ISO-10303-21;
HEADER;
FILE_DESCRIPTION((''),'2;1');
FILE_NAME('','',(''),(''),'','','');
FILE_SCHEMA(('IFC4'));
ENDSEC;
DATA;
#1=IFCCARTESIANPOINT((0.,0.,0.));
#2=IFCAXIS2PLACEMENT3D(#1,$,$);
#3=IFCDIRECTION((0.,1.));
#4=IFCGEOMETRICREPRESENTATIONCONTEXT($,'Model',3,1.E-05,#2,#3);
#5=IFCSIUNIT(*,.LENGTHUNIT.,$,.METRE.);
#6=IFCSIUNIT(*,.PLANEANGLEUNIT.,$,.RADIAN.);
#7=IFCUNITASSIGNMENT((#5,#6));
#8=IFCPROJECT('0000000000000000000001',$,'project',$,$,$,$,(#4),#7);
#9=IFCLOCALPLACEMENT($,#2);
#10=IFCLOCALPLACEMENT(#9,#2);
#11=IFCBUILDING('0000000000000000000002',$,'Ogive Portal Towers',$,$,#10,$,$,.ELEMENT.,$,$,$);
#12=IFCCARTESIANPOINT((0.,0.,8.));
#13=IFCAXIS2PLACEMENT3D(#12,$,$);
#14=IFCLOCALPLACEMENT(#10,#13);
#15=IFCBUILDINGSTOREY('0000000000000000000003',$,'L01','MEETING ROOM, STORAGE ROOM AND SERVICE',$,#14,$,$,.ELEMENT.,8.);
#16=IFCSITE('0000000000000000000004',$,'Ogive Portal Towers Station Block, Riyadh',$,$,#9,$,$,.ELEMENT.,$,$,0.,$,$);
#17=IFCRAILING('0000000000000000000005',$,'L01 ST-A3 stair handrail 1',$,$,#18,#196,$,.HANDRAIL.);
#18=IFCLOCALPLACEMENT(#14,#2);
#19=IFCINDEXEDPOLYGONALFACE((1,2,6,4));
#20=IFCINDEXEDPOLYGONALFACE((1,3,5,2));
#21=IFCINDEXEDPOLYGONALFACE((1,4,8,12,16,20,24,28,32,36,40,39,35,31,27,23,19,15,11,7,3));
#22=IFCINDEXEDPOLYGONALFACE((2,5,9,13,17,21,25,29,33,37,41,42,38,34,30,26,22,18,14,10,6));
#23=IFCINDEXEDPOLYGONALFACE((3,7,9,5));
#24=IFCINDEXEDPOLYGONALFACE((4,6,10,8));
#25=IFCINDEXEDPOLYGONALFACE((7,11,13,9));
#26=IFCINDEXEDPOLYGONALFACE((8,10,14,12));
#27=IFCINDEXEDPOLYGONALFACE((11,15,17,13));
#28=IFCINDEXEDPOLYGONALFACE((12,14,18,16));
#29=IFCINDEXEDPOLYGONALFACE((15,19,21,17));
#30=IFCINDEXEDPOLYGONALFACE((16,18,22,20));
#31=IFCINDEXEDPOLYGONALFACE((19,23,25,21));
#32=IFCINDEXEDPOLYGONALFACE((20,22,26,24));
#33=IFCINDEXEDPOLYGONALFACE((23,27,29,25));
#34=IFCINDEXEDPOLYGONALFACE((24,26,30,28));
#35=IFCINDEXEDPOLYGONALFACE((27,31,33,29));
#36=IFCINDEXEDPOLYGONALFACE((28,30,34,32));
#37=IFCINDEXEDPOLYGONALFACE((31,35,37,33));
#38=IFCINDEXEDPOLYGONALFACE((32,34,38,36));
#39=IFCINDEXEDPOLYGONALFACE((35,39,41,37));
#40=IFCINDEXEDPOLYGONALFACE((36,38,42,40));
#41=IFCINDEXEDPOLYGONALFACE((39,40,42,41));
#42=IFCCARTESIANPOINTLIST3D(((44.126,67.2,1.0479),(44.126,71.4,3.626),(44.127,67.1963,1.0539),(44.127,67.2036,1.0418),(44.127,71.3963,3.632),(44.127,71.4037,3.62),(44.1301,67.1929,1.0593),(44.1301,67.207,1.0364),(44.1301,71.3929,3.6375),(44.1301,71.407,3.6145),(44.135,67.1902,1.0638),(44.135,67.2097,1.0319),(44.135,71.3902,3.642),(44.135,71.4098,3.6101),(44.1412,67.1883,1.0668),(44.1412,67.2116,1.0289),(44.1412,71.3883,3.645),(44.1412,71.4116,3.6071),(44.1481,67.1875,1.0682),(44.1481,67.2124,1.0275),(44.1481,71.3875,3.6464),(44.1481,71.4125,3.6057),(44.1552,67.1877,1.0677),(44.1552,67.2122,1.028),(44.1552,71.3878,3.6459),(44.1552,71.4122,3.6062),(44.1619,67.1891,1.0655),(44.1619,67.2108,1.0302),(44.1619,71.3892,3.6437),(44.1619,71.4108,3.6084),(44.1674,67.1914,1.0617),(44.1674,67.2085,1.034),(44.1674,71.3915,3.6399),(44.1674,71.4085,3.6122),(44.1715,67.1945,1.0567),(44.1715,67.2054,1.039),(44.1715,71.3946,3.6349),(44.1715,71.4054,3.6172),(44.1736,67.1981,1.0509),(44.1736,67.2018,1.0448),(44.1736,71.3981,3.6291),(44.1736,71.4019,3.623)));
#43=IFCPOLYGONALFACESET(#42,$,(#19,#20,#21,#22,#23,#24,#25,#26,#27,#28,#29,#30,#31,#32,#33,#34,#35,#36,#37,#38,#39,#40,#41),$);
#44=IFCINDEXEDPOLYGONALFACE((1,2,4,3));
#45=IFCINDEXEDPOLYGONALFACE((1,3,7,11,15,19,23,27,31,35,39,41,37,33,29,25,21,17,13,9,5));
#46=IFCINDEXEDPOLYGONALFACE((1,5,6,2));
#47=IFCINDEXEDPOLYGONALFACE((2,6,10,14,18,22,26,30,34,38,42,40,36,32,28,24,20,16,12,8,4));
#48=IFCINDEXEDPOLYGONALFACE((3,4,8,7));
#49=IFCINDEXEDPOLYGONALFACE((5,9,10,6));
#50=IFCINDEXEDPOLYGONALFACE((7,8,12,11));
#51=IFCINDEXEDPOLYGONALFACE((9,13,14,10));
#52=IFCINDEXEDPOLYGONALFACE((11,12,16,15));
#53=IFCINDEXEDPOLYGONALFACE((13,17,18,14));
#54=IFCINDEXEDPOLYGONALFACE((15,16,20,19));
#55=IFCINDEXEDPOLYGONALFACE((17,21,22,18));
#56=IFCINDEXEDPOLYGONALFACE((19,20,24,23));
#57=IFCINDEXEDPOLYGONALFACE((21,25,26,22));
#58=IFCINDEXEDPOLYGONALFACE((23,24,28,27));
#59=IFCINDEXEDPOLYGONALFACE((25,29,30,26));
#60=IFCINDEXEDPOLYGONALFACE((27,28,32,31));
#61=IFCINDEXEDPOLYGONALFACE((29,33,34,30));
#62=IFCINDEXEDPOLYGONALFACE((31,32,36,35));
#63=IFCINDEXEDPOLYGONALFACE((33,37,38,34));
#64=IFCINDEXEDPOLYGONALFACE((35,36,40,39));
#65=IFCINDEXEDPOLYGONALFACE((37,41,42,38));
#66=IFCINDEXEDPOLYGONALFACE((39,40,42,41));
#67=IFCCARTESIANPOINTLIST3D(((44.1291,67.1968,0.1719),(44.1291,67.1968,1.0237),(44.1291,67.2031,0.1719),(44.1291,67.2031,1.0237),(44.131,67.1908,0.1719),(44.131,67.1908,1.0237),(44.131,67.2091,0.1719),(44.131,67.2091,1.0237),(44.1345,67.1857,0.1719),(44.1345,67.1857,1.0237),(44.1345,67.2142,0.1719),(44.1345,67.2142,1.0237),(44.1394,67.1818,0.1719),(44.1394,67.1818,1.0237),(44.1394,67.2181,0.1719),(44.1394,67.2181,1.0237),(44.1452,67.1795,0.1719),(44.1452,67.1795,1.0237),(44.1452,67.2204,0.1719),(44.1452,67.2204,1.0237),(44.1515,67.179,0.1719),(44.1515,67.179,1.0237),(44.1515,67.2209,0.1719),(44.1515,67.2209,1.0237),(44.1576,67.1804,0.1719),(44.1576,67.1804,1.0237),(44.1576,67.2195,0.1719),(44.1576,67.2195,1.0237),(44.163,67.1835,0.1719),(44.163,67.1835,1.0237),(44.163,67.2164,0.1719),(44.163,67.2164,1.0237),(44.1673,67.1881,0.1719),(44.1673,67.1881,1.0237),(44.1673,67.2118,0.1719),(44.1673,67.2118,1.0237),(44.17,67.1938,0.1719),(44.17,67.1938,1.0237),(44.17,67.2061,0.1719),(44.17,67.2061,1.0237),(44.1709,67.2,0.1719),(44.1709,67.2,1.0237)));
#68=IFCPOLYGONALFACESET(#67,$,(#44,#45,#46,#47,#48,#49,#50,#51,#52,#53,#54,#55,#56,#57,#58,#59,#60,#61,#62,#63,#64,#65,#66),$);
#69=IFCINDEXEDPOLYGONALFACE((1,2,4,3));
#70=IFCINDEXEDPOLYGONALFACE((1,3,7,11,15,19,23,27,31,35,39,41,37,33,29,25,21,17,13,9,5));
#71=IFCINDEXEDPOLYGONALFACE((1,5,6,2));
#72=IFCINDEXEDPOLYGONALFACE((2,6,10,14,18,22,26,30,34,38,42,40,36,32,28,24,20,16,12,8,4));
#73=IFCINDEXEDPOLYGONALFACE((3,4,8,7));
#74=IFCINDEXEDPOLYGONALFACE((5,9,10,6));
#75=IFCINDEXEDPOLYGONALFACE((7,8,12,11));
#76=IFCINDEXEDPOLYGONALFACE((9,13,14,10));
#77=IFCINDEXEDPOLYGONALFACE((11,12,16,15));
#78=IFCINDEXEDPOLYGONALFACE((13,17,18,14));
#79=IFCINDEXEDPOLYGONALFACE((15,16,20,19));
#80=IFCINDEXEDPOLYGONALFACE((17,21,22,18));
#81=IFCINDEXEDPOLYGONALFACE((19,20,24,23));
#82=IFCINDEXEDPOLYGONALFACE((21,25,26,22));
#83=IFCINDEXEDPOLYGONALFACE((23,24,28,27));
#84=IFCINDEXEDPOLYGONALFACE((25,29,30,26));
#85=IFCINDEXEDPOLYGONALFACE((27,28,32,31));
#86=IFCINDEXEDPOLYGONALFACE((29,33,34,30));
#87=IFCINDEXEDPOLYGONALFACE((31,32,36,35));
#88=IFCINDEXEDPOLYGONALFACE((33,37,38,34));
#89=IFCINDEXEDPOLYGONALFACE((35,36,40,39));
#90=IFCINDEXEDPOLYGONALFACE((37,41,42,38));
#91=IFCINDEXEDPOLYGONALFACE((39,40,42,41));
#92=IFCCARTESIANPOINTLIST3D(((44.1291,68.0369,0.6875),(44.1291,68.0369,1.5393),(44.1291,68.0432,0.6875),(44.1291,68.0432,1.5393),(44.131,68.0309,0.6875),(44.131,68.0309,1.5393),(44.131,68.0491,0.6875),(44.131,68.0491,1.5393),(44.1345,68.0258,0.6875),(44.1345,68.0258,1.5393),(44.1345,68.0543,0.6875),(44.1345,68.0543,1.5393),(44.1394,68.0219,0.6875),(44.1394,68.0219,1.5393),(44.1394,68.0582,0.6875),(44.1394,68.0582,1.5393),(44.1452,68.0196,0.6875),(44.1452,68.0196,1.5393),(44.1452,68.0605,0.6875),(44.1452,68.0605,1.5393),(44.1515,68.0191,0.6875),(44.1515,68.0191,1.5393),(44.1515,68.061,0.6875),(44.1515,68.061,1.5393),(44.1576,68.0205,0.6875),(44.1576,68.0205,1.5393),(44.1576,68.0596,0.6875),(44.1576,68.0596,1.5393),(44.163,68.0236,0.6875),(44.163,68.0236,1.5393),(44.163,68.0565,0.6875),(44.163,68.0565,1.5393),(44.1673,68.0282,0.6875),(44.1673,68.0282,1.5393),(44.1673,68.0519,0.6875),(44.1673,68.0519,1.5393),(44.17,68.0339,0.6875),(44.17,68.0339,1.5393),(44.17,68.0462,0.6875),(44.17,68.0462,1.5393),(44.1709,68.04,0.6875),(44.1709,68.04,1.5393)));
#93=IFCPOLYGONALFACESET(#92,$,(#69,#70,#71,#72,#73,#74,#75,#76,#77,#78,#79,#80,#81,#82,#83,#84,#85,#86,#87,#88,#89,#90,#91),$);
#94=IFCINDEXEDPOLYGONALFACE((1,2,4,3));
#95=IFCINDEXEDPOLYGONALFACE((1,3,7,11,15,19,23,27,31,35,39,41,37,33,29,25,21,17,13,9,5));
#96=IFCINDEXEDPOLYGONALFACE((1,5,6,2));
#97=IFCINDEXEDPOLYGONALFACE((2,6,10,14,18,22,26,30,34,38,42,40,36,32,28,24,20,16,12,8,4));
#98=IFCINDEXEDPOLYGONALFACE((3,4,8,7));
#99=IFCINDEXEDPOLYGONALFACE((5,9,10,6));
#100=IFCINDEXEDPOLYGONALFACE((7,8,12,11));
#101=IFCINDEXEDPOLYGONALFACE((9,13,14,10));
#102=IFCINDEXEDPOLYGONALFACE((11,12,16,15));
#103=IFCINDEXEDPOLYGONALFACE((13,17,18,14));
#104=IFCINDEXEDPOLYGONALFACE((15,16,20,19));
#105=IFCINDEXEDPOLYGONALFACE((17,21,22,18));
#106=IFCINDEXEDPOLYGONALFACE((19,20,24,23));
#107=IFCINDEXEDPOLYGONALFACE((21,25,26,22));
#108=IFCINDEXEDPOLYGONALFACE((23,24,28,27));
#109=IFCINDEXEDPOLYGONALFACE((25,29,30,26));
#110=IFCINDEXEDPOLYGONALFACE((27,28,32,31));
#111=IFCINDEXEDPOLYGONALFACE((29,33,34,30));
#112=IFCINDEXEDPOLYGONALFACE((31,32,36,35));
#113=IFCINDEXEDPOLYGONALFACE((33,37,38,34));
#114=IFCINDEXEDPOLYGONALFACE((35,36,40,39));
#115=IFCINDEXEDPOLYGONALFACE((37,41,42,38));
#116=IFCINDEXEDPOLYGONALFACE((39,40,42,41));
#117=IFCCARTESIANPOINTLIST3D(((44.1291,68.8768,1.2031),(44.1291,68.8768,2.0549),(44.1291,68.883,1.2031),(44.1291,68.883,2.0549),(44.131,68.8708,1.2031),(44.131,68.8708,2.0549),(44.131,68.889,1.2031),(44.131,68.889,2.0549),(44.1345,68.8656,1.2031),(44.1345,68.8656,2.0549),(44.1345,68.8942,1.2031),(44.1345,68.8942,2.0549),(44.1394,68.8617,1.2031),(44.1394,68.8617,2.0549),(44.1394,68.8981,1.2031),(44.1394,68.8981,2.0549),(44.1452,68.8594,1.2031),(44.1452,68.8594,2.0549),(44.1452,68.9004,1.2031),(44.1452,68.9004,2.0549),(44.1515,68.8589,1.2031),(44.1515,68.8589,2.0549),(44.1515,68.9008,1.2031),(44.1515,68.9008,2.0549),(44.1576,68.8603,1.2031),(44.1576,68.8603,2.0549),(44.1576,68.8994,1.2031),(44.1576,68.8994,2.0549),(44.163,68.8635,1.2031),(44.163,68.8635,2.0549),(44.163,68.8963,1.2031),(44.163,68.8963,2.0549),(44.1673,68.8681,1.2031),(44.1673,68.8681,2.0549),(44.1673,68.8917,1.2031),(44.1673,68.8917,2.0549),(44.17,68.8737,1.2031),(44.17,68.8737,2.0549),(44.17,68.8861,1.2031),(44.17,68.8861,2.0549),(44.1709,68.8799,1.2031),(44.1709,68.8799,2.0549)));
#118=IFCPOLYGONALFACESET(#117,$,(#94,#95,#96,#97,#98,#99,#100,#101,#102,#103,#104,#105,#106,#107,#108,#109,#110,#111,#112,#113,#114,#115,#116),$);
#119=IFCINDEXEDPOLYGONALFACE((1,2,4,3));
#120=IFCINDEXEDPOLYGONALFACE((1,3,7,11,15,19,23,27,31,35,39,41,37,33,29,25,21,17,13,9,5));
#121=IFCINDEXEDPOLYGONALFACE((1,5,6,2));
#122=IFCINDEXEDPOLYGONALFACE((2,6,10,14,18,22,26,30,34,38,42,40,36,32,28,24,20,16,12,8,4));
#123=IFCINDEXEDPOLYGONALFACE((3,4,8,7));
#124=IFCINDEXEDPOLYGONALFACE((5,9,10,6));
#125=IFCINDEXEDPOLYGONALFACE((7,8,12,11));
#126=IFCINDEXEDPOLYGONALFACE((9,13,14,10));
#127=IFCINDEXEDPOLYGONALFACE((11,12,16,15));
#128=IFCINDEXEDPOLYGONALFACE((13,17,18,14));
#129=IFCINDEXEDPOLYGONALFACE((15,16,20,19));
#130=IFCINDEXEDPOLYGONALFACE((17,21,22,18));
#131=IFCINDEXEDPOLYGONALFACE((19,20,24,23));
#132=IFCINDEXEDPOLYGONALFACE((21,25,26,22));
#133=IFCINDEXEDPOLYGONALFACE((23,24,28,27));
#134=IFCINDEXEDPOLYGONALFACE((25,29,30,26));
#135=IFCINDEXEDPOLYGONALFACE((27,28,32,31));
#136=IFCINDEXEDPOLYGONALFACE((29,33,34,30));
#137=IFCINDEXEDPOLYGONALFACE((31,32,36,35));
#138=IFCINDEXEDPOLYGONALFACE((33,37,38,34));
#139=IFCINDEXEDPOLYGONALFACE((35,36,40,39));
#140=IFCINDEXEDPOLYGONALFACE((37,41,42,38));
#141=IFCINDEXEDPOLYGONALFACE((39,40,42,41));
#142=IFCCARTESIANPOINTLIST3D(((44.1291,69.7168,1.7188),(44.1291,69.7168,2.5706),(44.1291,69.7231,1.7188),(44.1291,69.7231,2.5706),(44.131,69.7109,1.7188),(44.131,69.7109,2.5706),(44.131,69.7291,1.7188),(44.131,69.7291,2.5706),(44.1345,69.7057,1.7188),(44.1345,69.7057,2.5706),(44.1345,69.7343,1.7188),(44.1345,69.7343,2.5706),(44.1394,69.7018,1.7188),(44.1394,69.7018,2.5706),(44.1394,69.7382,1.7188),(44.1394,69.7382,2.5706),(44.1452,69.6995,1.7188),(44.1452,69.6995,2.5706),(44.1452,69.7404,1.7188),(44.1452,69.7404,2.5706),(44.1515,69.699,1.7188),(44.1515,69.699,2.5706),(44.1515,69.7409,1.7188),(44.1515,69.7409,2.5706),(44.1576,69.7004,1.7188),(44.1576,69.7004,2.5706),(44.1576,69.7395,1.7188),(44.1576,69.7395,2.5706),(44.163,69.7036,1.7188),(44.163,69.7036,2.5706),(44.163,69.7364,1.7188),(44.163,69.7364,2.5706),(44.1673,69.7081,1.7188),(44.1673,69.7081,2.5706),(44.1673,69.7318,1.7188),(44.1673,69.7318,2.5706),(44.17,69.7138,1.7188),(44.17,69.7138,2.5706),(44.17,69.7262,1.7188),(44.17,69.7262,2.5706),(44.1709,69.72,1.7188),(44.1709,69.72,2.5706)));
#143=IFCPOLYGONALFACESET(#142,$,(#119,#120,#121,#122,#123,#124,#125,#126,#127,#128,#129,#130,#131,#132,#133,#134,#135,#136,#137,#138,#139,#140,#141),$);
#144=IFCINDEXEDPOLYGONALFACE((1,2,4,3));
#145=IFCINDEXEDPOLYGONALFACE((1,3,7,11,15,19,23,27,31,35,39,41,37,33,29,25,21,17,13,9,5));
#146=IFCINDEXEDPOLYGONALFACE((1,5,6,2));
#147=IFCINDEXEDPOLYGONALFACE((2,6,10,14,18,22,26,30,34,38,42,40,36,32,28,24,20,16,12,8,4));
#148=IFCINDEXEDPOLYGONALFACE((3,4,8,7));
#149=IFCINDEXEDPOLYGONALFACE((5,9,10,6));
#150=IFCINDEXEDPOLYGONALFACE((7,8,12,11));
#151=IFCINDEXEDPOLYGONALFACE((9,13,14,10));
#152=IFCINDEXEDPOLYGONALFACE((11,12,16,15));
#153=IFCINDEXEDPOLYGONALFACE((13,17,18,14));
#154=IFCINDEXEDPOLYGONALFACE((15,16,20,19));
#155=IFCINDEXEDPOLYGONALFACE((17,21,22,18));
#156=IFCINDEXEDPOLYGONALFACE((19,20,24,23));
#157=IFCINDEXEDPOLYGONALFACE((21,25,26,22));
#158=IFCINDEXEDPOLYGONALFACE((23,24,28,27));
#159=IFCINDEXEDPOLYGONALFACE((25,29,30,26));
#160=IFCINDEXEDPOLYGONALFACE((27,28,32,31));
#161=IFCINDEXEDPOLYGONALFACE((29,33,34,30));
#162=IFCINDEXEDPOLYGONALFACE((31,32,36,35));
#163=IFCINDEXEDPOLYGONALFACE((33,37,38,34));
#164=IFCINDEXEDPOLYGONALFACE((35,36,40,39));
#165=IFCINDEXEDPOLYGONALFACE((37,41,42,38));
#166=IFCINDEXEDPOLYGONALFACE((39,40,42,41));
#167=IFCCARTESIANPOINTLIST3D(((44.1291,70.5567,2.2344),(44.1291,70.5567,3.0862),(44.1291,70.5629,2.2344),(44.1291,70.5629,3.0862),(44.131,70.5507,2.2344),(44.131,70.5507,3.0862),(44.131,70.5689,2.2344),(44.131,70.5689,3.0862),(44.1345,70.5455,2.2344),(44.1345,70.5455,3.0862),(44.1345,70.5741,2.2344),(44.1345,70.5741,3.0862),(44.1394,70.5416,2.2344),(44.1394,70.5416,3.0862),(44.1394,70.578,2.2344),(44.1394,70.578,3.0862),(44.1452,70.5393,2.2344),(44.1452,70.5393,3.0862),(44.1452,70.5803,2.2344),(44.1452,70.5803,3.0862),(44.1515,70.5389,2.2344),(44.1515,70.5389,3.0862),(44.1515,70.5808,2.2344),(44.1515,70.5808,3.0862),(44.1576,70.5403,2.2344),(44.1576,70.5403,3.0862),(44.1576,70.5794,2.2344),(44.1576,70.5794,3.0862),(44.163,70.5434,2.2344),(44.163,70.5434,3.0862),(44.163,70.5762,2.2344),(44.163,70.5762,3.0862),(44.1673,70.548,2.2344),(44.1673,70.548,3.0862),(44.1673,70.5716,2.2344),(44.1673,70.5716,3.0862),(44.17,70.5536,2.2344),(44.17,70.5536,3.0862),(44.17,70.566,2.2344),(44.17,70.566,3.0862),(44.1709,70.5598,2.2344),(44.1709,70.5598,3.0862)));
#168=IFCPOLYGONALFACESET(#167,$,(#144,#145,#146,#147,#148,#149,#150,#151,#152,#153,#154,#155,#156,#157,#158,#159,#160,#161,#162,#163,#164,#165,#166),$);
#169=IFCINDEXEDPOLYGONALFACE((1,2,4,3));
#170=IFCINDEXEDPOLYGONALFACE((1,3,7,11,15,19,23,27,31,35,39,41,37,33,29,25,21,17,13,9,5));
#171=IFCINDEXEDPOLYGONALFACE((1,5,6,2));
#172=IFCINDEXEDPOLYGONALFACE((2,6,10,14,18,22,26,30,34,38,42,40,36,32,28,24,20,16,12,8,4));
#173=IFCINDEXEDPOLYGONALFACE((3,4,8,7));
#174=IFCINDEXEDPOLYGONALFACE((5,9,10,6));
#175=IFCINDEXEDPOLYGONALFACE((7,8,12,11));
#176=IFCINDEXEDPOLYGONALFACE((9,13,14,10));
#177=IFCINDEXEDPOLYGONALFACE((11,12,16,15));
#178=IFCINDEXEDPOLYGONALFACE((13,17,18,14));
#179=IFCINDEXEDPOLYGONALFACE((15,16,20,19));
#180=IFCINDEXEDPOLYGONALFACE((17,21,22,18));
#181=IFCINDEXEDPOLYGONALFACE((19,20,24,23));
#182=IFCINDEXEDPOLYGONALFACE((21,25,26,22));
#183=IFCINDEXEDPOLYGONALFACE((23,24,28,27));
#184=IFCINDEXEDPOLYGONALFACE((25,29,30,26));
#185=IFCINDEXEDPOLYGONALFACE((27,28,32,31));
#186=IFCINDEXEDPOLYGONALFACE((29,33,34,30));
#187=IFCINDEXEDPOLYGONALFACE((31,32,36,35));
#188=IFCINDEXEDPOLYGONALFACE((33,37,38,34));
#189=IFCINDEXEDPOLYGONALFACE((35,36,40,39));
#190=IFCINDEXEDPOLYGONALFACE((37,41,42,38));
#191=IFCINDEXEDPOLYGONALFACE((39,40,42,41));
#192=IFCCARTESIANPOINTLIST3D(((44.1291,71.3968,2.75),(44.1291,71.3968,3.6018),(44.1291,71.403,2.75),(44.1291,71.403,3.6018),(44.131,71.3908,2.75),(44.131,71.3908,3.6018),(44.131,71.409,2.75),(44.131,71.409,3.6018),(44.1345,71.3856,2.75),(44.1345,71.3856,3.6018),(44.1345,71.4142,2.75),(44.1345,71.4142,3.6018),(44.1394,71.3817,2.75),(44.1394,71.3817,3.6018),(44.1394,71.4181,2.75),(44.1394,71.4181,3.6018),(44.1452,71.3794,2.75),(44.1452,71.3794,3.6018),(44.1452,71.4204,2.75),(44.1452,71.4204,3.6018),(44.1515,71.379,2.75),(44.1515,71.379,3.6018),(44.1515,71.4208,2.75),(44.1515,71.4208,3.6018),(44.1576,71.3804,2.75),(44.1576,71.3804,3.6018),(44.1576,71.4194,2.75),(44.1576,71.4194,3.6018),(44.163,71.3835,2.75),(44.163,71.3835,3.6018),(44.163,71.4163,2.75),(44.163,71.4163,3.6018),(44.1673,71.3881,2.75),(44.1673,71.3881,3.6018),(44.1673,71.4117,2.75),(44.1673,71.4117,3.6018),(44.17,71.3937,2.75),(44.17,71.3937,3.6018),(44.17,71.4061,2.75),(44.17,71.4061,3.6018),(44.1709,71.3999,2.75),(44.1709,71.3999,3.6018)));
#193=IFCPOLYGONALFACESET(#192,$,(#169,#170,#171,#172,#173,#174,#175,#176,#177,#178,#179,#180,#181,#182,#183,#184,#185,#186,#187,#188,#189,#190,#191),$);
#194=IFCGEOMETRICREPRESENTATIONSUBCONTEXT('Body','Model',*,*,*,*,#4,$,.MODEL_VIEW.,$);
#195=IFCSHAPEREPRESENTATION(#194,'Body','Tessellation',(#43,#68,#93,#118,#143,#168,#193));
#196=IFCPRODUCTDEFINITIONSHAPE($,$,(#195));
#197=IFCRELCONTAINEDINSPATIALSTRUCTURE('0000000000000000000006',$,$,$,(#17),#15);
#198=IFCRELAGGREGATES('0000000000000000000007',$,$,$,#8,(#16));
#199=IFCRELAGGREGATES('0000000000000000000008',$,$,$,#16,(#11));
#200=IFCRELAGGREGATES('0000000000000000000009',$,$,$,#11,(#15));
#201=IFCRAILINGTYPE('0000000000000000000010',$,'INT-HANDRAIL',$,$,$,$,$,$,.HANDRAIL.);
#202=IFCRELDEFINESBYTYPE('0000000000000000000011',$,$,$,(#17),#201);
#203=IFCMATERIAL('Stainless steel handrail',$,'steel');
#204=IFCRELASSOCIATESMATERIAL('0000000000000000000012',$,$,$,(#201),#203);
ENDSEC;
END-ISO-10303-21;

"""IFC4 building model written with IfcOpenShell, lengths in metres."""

from ifc_helpers import new_model, si_unit, direction, frame, origin, origin_2d, place, context, subcontext, project, spatial, circle, extrude, material, type_object, element, save


model = new_model("IFC4")

# Units and contexts
model_context = context("Model", 3, precision=1e-05, world=origin(), true_north=direction((0.0, 1.0)))
body_context = subcontext(model_context, "Body", "Model", "MODEL_VIEW")
ifc_project = project(units=[si_unit("LENGTHUNIT", "METRE"), si_unit("PLANEANGLEUNIT", "RADIAN")], contexts=[model_context])

# Site, building, storey
site_placement = place(None, origin())
site = spatial("IfcSite", under=ifc_project, at=site_placement, Name="Ogive Portal Towers Station Block, Riyadh", CompositionType="ELEMENT", RefElevation=0.0)
building_placement = place(site_placement, origin())
building = spatial("IfcBuilding", under=site, at=building_placement, Name="Ogive Portal Towers", CompositionType="ELEMENT")
storey_placement = place(building_placement, frame((0.0, 0.0, 8.0)))
storey = spatial("IfcBuildingStorey", under=building, at=storey_placement, Name="L01", Description="MEETING ROOM, STORAGE ROOM AND SERVICE", CompositionType="ELEMENT", Elevation=8.0)

# Railing
ifc_material_1 = material(Name="Stainless steel handrail", Category="steel")
railing_type_1 = type_object("IfcRailingType", Name="INT-HANDRAIL", PredefinedType="HANDRAIL", material=ifc_material_1)
railing_1_placement = place(storey_placement, frame((44.1499, 67.2, 0.1719)))
element("IfcRailing", 1, at=railing_1_placement, inside=storey, type_object=railing_type_1, Name="L01 ST-A3 stair handrail 1", PredefinedType="HANDRAIL", context=body_context, shape_type="SweptSolid", body=[
    extrude(circle(Radius=0.0239, at=origin_2d()), frame((0.0, 0.0, 0.876), z_axis=(0.0, 0.852243, 0.523146), x_axis=(-1.0, 0.0, 0.0)), (0.0, 0.0, 1.0), 4.9282),
    extrude(circle(Radius=0.021, at=origin_2d()), origin(), (0.0, 0.0, 1.0), 0.8518),
    extrude(circle(Radius=0.021, at=origin_2d()), frame((0.0, 0.8401, 0.5156)), (0.0, 0.0, 1.0), 0.8518),
    extrude(circle(Radius=0.021, at=origin_2d()), frame((0.0, 1.6799, 1.0312)), (0.0, 0.0, 1.0), 0.8518),
    extrude(circle(Radius=0.021, at=origin_2d()), frame((0.0, 2.52, 1.5469)), (0.0, 0.0, 1.0), 0.8518),
    extrude(circle(Radius=0.021, at=origin_2d()), frame((0.0, 3.3599, 2.0625)), (0.0, 0.0, 1.0), 0.8518),
    extrude(circle(Radius=0.021, at=origin_2d()), frame((0.0, 4.2, 2.5781)), (0.0, 0.0, 1.0), 0.8518),
])

save(model, "model.ifc")
